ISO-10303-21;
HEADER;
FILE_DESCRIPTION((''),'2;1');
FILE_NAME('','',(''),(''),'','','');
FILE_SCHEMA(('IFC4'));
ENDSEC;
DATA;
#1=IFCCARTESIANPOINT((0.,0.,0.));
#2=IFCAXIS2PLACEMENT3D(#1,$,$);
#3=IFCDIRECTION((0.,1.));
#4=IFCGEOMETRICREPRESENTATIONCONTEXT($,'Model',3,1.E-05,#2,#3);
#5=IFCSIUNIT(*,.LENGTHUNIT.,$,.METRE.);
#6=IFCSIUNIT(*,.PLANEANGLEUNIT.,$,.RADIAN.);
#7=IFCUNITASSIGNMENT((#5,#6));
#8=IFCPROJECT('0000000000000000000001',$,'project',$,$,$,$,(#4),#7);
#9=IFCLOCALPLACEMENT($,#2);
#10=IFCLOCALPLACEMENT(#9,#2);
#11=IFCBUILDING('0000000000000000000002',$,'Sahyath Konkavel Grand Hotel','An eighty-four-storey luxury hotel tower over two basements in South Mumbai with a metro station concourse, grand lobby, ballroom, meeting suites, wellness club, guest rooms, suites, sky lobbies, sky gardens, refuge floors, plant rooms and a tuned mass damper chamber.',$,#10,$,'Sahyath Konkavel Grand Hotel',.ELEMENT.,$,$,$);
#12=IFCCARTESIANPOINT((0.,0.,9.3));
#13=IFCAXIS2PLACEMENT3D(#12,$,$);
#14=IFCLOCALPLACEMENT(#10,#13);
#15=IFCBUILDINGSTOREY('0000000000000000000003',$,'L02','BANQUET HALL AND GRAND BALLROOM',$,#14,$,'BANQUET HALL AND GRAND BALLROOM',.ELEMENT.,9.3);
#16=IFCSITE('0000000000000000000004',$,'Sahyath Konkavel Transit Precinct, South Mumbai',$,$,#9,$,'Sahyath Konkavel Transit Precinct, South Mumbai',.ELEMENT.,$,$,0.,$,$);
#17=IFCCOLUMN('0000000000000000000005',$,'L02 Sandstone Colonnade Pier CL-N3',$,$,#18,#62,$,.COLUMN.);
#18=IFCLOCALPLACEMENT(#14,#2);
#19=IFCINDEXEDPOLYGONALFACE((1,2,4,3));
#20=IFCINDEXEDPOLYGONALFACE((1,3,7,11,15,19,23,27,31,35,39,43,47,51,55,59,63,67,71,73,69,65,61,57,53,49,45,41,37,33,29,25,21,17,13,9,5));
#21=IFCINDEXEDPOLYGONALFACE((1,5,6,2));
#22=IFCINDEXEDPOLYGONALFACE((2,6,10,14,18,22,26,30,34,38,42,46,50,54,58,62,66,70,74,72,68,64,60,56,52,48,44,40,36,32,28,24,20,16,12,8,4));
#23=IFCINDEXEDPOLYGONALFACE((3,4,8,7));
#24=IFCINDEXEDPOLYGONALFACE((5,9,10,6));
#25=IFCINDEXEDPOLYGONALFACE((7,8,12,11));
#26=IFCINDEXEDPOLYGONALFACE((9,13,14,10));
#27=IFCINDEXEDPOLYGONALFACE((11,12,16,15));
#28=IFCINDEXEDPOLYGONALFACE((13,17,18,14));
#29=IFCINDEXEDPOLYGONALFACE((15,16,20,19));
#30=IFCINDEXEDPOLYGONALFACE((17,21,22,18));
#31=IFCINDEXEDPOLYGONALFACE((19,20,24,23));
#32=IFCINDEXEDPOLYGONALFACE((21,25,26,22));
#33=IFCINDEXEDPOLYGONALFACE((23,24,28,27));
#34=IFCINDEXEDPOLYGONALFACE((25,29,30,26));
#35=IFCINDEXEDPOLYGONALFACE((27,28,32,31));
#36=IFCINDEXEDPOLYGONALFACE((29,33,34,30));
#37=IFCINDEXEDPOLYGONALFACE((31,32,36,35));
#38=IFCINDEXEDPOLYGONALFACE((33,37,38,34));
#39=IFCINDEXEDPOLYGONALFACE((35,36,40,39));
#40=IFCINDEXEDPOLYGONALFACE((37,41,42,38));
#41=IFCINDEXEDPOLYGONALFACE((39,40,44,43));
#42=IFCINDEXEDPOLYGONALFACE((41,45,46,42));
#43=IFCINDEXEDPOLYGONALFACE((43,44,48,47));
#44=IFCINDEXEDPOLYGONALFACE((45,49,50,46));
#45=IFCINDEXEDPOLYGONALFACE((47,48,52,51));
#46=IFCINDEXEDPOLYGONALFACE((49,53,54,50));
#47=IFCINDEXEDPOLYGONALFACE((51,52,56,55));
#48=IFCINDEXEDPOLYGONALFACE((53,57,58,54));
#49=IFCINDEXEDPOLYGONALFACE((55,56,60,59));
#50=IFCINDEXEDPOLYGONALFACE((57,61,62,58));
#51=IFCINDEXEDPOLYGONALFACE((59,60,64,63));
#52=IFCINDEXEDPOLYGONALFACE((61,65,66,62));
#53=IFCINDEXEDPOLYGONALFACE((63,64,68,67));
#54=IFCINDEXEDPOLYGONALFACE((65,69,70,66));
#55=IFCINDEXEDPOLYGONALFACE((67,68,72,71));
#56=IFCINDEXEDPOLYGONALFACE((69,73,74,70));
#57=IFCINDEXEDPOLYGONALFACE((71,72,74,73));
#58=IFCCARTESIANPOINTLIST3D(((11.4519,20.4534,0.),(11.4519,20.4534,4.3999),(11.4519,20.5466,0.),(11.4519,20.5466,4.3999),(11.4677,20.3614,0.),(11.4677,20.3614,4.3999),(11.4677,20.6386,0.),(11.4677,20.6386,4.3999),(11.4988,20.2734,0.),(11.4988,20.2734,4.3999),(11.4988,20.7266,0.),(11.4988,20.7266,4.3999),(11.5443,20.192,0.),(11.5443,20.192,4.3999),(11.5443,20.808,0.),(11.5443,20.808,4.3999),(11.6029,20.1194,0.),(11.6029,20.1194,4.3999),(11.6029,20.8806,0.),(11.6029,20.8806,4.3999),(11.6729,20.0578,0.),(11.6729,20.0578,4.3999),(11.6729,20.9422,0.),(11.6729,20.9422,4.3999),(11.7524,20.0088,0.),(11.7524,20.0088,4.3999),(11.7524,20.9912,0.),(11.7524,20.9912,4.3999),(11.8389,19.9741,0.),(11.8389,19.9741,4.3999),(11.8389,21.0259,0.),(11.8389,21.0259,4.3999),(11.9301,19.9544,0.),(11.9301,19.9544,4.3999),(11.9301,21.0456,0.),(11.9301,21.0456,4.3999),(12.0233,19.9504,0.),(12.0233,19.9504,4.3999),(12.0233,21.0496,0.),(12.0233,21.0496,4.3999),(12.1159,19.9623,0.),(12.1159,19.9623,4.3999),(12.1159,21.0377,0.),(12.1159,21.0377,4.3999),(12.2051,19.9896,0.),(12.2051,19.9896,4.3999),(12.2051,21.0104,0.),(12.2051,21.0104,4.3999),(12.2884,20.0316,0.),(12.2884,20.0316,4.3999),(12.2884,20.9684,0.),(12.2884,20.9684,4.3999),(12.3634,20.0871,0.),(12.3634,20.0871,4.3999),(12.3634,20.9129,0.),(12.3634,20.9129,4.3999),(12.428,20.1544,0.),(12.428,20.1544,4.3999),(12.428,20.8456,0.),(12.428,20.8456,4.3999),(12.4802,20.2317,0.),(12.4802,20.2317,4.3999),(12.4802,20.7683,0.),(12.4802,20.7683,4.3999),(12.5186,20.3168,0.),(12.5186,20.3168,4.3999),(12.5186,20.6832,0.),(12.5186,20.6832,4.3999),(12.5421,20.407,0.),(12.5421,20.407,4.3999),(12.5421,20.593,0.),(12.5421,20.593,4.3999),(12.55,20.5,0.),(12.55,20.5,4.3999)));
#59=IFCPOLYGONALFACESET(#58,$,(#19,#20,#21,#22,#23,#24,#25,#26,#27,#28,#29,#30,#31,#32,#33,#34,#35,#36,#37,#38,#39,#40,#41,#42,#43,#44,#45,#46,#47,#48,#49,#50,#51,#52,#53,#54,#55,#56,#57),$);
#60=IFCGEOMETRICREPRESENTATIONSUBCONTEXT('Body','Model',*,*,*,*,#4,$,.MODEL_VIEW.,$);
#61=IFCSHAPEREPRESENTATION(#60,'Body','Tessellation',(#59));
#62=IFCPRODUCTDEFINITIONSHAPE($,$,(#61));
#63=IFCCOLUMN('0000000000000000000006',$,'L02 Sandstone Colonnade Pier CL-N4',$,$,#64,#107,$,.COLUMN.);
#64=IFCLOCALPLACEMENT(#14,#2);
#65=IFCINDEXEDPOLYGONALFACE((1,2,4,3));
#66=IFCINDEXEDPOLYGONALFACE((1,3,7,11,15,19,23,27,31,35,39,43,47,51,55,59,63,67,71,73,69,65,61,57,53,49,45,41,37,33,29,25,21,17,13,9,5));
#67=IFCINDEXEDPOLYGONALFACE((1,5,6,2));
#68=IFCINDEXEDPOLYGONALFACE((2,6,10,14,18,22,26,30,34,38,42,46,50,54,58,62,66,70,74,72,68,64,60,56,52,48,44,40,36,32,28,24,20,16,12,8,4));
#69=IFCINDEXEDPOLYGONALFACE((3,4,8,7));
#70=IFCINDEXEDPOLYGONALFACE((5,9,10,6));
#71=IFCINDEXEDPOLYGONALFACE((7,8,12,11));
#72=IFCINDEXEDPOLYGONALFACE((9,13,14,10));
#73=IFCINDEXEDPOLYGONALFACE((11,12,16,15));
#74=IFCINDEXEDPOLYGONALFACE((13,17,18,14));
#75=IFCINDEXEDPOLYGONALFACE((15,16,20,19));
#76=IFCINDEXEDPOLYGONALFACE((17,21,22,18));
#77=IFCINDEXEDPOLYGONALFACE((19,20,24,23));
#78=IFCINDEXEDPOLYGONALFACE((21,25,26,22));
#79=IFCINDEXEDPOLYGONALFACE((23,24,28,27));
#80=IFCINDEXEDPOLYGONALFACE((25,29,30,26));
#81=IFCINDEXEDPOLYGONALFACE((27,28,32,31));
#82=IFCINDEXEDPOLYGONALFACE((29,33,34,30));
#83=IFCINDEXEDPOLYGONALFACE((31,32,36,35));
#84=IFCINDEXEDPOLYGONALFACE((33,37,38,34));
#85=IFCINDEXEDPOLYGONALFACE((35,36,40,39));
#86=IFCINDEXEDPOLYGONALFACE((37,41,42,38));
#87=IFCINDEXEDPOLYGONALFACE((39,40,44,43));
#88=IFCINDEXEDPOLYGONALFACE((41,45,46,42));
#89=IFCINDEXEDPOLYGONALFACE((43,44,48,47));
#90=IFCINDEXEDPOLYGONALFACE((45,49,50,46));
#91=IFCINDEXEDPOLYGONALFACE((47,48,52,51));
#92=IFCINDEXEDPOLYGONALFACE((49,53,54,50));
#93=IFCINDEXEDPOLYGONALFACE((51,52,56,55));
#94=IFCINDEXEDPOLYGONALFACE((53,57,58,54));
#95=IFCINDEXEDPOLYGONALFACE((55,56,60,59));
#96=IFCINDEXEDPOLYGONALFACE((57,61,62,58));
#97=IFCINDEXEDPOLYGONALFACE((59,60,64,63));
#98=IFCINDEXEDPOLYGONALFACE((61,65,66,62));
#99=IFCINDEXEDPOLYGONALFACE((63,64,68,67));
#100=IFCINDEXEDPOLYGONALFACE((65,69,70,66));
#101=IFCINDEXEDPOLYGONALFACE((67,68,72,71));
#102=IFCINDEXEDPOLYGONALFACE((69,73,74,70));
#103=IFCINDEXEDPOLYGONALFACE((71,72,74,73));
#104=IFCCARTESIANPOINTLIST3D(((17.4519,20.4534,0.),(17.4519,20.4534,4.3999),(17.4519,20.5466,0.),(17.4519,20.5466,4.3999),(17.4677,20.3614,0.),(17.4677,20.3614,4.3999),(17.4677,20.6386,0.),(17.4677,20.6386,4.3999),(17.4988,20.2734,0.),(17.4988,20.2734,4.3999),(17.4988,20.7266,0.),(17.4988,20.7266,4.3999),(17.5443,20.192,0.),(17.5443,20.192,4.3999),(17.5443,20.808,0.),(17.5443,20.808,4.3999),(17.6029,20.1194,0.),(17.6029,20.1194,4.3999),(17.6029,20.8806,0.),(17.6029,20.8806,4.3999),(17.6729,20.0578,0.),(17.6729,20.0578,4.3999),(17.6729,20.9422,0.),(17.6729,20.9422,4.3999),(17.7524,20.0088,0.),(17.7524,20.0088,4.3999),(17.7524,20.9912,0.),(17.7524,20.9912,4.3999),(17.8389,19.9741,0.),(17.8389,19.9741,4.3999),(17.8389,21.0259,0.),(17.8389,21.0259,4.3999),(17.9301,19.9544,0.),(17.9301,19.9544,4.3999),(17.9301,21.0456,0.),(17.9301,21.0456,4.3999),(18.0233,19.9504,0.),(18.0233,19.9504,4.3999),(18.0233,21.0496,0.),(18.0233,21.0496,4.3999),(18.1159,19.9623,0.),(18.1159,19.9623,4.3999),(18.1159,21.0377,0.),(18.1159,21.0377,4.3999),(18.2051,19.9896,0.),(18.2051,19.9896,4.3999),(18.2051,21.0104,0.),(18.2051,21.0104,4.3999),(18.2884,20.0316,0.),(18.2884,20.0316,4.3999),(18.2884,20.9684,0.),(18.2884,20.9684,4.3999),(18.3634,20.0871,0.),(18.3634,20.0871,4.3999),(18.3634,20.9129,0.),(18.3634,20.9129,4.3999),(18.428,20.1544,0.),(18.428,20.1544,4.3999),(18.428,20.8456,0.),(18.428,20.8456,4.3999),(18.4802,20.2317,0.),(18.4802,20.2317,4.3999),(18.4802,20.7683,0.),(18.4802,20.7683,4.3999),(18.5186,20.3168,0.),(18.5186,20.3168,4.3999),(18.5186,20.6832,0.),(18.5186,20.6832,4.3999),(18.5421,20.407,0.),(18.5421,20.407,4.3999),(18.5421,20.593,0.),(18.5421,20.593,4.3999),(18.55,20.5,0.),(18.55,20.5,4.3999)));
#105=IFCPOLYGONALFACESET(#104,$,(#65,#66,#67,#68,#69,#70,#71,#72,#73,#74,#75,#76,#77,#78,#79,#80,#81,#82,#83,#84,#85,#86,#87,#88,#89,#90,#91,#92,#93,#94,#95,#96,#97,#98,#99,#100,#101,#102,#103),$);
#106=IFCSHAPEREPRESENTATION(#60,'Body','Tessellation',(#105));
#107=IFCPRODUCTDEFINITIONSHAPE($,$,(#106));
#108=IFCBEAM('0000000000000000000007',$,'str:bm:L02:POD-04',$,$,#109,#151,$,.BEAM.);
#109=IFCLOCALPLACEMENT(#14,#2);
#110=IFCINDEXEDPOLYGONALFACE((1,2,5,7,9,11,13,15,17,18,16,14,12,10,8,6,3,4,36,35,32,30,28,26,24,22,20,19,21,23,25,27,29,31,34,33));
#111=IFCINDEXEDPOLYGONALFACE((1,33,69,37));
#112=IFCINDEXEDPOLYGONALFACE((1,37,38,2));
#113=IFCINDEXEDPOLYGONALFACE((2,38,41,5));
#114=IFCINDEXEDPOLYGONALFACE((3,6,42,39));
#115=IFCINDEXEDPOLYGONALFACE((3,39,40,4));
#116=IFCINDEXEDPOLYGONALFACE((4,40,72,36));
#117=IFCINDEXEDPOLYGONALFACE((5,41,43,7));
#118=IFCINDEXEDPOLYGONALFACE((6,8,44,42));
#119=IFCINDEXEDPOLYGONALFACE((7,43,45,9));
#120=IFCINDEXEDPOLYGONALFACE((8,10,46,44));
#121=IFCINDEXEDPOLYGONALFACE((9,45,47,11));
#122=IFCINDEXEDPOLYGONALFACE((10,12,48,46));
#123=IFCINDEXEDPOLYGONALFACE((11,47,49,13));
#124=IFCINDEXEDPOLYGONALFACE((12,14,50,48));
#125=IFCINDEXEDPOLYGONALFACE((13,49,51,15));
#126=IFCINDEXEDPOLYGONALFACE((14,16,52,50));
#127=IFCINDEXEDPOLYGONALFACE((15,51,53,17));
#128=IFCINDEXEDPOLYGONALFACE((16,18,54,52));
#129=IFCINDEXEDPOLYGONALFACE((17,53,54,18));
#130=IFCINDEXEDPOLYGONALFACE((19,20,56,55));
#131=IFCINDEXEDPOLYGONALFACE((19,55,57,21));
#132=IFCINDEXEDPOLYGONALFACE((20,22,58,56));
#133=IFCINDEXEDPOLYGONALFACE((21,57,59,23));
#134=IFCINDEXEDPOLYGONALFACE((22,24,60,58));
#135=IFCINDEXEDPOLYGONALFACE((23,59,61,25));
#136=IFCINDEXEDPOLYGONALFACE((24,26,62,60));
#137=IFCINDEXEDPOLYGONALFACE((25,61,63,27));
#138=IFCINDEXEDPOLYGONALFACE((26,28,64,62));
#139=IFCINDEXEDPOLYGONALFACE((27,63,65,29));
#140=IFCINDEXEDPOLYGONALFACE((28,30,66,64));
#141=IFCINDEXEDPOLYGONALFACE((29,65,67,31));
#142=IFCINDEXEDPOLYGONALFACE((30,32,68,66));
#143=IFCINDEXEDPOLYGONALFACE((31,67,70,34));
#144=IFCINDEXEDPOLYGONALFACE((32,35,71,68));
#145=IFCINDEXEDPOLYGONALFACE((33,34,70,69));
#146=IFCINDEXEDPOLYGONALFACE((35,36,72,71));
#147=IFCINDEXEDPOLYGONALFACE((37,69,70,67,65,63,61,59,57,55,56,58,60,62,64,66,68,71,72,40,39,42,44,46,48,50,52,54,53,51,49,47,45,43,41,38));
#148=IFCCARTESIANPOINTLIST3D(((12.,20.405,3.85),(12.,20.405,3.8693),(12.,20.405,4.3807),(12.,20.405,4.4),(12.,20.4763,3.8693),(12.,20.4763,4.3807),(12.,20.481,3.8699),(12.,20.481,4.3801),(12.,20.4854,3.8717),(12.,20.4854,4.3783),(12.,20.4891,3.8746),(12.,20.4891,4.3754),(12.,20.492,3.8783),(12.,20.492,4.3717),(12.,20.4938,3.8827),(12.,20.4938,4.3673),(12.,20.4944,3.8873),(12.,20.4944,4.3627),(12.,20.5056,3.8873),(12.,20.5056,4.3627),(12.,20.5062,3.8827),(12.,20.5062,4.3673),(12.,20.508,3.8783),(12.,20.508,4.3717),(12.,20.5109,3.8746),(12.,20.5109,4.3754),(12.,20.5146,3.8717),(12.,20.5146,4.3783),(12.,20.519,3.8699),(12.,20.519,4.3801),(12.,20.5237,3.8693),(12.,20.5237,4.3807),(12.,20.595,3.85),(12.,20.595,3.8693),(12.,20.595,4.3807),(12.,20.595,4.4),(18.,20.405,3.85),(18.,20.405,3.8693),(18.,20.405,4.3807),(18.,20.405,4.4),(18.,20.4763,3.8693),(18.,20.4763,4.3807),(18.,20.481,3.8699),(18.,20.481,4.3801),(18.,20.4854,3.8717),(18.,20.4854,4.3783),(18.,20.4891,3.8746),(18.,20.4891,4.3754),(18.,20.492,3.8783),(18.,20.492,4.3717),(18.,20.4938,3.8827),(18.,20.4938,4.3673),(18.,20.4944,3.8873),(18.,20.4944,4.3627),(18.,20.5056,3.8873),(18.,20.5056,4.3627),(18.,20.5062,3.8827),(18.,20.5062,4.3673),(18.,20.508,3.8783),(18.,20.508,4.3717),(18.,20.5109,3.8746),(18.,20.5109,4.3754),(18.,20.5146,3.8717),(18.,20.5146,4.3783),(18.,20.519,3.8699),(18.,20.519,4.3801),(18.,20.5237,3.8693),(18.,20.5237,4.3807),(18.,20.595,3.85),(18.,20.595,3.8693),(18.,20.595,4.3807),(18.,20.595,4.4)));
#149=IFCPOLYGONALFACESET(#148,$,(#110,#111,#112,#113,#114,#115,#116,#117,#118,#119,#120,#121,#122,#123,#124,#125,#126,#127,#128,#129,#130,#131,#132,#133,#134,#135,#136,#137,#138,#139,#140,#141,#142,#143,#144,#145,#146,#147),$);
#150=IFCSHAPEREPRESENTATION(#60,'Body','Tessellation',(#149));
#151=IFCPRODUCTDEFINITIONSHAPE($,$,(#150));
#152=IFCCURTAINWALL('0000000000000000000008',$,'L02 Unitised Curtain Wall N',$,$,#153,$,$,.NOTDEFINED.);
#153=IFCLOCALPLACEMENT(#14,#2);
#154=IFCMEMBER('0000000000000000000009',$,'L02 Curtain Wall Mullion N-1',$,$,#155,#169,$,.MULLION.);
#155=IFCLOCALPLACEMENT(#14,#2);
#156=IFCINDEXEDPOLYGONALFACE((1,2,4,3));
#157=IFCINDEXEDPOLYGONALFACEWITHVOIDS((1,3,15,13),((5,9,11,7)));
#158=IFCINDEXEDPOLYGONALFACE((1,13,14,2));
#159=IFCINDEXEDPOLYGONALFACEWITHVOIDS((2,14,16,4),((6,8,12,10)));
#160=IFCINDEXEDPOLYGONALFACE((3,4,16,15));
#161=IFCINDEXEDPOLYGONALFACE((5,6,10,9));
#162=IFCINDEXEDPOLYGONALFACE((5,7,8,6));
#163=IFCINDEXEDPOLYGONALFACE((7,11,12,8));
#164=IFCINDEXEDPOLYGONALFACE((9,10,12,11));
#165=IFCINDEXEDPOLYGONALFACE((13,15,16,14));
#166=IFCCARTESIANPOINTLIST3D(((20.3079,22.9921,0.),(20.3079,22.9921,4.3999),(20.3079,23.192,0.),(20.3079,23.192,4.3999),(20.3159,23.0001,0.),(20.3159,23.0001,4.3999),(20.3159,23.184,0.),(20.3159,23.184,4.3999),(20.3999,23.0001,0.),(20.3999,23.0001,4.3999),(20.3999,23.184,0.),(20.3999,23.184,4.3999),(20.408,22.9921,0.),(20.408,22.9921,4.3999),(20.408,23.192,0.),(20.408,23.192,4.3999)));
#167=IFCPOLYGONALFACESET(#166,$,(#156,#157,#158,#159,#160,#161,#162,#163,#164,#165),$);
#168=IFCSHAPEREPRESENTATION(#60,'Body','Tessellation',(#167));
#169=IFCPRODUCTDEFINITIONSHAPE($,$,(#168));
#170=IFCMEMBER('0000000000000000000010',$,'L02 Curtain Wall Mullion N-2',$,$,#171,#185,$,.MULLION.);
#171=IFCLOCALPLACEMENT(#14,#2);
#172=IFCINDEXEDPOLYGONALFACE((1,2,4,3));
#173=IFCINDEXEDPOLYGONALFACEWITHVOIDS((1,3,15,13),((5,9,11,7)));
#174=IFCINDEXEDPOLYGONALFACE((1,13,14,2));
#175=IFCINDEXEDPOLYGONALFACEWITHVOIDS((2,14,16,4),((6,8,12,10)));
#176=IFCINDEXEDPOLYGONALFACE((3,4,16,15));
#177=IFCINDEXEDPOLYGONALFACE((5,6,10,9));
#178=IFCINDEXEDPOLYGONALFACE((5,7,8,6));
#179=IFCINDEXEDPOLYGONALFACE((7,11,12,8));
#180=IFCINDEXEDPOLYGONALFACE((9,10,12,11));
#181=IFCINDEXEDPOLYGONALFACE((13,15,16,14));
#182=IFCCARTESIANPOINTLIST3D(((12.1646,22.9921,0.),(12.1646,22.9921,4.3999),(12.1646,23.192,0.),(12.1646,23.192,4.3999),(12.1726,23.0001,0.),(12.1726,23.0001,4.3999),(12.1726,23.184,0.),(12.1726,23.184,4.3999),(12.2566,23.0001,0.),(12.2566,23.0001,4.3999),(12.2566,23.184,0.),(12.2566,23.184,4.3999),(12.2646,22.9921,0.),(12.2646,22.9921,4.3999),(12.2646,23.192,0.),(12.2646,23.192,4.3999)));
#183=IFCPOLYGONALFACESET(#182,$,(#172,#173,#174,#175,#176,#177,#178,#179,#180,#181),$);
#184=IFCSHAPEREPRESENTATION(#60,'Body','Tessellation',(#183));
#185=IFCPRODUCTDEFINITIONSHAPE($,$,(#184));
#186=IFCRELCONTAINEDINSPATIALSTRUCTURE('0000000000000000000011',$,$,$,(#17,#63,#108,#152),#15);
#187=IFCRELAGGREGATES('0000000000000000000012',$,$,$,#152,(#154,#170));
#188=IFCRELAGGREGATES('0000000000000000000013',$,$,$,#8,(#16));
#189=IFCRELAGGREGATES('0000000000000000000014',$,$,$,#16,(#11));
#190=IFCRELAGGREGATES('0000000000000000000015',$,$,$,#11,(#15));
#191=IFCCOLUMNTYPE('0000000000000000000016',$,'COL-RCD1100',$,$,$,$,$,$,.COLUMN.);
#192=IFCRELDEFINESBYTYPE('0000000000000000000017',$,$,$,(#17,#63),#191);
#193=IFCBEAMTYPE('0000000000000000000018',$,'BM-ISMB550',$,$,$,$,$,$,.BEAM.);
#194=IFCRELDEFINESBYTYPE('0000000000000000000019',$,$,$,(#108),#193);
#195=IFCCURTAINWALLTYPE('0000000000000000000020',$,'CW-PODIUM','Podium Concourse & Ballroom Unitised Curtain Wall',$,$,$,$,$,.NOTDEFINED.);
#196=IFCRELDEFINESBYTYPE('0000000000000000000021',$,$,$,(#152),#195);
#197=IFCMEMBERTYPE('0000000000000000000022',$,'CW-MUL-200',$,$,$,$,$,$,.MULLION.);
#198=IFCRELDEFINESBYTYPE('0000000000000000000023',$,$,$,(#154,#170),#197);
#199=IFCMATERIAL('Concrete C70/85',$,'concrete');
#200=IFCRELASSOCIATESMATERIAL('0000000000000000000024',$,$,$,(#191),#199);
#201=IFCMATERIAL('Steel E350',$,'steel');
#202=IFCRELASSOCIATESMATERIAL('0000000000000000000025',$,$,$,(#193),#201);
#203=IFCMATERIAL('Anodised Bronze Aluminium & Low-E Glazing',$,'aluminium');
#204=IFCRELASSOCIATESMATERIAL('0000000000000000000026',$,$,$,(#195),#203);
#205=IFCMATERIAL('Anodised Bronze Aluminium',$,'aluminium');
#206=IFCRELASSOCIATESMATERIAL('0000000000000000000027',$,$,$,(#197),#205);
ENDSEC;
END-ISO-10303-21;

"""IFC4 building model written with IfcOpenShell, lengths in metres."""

from ifc_helpers import new_model, si_unit, direction, frame, origin, origin_2d, place, context, subcontext, project, spatial, hollow_rectangle, circle, i_section, extrude, source, transform, mapped, material, material_profile, profile_set, type_object, element, aggregate, save


model = new_model("IFC4")

# Units and contexts
model_context = context("Model", 3, precision=1e-05, world=origin(), true_north=direction((0.0, 1.0)))
body_context = subcontext(model_context, "Body", "Model", "MODEL_VIEW")
ifc_project = project(units=[si_unit("LENGTHUNIT", "METRE"), si_unit("PLANEANGLEUNIT", "RADIAN")], contexts=[model_context])

# Site, building, storey
site_placement = place(None, origin())
site = spatial("IfcSite", under=ifc_project, at=site_placement, Name="Sahyath Konkavel Transit Precinct, South Mumbai", LongName="Sahyath Konkavel Transit Precinct, South Mumbai", CompositionType="ELEMENT", RefElevation=0.0)
building_placement = place(site_placement, origin())
building = spatial("IfcBuilding", under=site, at=building_placement, Name="Sahyath Konkavel Grand Hotel", Description="An eighty-four-storey luxury hotel tower over two basements in South Mumbai with a metro station concourse, grand lobby, ballroom, meeting suites, wellness club, guest rooms, suites, sky lobbies, sky gardens, refuge floors, plant rooms and a tuned mass damper chamber.", LongName="Sahyath Konkavel Grand Hotel", CompositionType="ELEMENT")
storey_placement = place(building_placement, frame((0.0, 0.0, 9.3)))
storey = spatial("IfcBuildingStorey", under=building, at=storey_placement, Name="L02", Description="BANQUET HALL AND GRAND BALLROOM", LongName="BANQUET HALL AND GRAND BALLROOM", CompositionType="ELEMENT", Elevation=9.3)

# Columns
ifc_material_1 = material(Name="Concrete C70/85", Category="concrete")
ifc_material_profile_1 = material_profile(ifc_material_1, circle(Radius=0.55, at=origin_2d()), Name="RC D1100")
ifc_profile_set_1 = profile_set([ifc_material_profile_1], Name="Concrete C70/85")
column_type = type_object("IfcColumnType", Name="COL-RCD1100", PredefinedType="COLUMN", material=ifc_profile_set_1)
shared_shape_1 = source(origin(), body_context, "Body", "SweptSolid", [
    extrude(circle(Radius=0.55, at=origin_2d()), origin(), (0.0, 0.0, 1.0), 4.3999),
])
for number, where, z_axis, x_axis, name in (
    (1, (12.0, 20.5, 0.0), (0.0, 0.0, 1.0), (1.0, 0.0, 0.0), "L02 Sandstone Colonnade Pier CL-N3"),
    (2, (18.0, 20.5, 0.0), (0.0, 0.0, 1.0), (1.0, 0.0, 0.0), "L02 Sandstone Colonnade Pier CL-N4"),
):
    element("IfcColumn", number, at=place(storey_placement, frame(where, z_axis=z_axis, x_axis=x_axis)), inside=storey, type_object=column_type, Name=name, PredefinedType="COLUMN", context=body_context, shape_type="MappedRepresentation", body=[
        mapped(shared_shape_1, transform((0.0, 0.0, 0.0), scale=1.0)),
    ])

# Beam
ifc_material_2 = material(Name="Steel E350", Category="steel")
ifc_material_profile_2 = material_profile(ifc_material_2, i_section(OverallWidth=0.1899, OverallDepth=0.55, WebThickness=0.0112, FlangeThickness=0.0193, FilletRadius=0.0181, at=origin_2d()), Name="ISMB 550")
ifc_profile_set_2 = profile_set([ifc_material_profile_2], Name="Steel E350")
beam_type = type_object("IfcBeamType", Name="BM-ISMB550", PredefinedType="BEAM", material=ifc_profile_set_2)
shared_shape_2 = source(origin(), body_context, "Body", "SweptSolid", [
    extrude(i_section(OverallWidth=0.1899, OverallDepth=0.55, WebThickness=0.0112, FlangeThickness=0.0193, FilletRadius=0.0181, at=origin_2d()), origin(), (0.0, 0.0, 1.0), 6.0),
])
beam_placement = place(storey_placement, frame((12.0, 20.5, 4.125), z_axis=(1.0, 0.0, 0.0), x_axis=(0.0, 1.0, 0.0)))
element("IfcBeam", 3, at=beam_placement, inside=storey, type_object=beam_type, Name="str:bm:L02:POD-04", PredefinedType="BEAM", context=body_context, shape_type="MappedRepresentation", body=[
    mapped(shared_shape_2, transform((0.0, 0.0, 0.0), scale=1.0)),
])

# Curtain wall, members
ifc_material_3 = material(Name="Anodised Bronze Aluminium & Low-E Glazing", Category="aluminium")
curtain_wall_type = type_object("IfcCurtainWallType", Name="CW-PODIUM", Description="Podium Concourse & Ballroom Unitised Curtain Wall", PredefinedType="NOTDEFINED", material=ifc_material_3)
curtain_wall_placement = place(storey_placement, origin())
curtain_wall = element("IfcCurtainWall", 4, at=curtain_wall_placement, inside=storey, type_object=curtain_wall_type, Name="L02 Unitised Curtain Wall N", PredefinedType="NOTDEFINED")
ifc_material_4 = material(Name="Anodised Bronze Aluminium", Category="aluminium")
ifc_material_profile_3 = material_profile(ifc_material_4, hollow_rectangle(XDim=0.1001, YDim=0.2, WallThickness=0.0081, at=origin_2d()), Name="RHS 200x100x8")
ifc_profile_set_3 = profile_set([ifc_material_profile_3], Name="Anodised Bronze Aluminium")
member_type_1 = type_object("IfcMemberType", Name="CW-MUL-200", PredefinedType="MULLION", material=ifc_profile_set_3)
shared_shape_3 = source(origin(), body_context, "Body", "SweptSolid", [
    extrude(hollow_rectangle(XDim=0.1001, YDim=0.2, WallThickness=0.0081, at=origin_2d()), origin(), (0.0, 0.0, 1.0), 4.3999),
])
member_1_placement = place(storey_placement, frame((20.3579, 23.092, 0.0), z_axis=(0.0, 0.0, 1.0), x_axis=(1.0, 0.0, 0.0)))
member_1 = element("IfcMember", 5, at=member_1_placement, type_object=member_type_1, Name="L02 Curtain Wall Mullion N-1", PredefinedType="MULLION", context=body_context, shape_type="MappedRepresentation", body=[
    mapped(shared_shape_3, transform((0.0, 0.0, 0.0), scale=1.0)),
])
member_2_placement = place(storey_placement, frame((12.2146, 23.092, 0.0), z_axis=(0.0, 0.0, 1.0), x_axis=(1.0, 0.0, 0.0)))
member_2 = element("IfcMember", 6, at=member_2_placement, type_object=member_type_1, Name="L02 Curtain Wall Mullion N-2", PredefinedType="MULLION", context=body_context, shape_type="MappedRepresentation", body=[
    mapped(shared_shape_3, transform((0.0, 0.0, 0.0), scale=1.0)),
])

aggregate(curtain_wall, [member_1, member_2])

save(model, "model.ifc")
